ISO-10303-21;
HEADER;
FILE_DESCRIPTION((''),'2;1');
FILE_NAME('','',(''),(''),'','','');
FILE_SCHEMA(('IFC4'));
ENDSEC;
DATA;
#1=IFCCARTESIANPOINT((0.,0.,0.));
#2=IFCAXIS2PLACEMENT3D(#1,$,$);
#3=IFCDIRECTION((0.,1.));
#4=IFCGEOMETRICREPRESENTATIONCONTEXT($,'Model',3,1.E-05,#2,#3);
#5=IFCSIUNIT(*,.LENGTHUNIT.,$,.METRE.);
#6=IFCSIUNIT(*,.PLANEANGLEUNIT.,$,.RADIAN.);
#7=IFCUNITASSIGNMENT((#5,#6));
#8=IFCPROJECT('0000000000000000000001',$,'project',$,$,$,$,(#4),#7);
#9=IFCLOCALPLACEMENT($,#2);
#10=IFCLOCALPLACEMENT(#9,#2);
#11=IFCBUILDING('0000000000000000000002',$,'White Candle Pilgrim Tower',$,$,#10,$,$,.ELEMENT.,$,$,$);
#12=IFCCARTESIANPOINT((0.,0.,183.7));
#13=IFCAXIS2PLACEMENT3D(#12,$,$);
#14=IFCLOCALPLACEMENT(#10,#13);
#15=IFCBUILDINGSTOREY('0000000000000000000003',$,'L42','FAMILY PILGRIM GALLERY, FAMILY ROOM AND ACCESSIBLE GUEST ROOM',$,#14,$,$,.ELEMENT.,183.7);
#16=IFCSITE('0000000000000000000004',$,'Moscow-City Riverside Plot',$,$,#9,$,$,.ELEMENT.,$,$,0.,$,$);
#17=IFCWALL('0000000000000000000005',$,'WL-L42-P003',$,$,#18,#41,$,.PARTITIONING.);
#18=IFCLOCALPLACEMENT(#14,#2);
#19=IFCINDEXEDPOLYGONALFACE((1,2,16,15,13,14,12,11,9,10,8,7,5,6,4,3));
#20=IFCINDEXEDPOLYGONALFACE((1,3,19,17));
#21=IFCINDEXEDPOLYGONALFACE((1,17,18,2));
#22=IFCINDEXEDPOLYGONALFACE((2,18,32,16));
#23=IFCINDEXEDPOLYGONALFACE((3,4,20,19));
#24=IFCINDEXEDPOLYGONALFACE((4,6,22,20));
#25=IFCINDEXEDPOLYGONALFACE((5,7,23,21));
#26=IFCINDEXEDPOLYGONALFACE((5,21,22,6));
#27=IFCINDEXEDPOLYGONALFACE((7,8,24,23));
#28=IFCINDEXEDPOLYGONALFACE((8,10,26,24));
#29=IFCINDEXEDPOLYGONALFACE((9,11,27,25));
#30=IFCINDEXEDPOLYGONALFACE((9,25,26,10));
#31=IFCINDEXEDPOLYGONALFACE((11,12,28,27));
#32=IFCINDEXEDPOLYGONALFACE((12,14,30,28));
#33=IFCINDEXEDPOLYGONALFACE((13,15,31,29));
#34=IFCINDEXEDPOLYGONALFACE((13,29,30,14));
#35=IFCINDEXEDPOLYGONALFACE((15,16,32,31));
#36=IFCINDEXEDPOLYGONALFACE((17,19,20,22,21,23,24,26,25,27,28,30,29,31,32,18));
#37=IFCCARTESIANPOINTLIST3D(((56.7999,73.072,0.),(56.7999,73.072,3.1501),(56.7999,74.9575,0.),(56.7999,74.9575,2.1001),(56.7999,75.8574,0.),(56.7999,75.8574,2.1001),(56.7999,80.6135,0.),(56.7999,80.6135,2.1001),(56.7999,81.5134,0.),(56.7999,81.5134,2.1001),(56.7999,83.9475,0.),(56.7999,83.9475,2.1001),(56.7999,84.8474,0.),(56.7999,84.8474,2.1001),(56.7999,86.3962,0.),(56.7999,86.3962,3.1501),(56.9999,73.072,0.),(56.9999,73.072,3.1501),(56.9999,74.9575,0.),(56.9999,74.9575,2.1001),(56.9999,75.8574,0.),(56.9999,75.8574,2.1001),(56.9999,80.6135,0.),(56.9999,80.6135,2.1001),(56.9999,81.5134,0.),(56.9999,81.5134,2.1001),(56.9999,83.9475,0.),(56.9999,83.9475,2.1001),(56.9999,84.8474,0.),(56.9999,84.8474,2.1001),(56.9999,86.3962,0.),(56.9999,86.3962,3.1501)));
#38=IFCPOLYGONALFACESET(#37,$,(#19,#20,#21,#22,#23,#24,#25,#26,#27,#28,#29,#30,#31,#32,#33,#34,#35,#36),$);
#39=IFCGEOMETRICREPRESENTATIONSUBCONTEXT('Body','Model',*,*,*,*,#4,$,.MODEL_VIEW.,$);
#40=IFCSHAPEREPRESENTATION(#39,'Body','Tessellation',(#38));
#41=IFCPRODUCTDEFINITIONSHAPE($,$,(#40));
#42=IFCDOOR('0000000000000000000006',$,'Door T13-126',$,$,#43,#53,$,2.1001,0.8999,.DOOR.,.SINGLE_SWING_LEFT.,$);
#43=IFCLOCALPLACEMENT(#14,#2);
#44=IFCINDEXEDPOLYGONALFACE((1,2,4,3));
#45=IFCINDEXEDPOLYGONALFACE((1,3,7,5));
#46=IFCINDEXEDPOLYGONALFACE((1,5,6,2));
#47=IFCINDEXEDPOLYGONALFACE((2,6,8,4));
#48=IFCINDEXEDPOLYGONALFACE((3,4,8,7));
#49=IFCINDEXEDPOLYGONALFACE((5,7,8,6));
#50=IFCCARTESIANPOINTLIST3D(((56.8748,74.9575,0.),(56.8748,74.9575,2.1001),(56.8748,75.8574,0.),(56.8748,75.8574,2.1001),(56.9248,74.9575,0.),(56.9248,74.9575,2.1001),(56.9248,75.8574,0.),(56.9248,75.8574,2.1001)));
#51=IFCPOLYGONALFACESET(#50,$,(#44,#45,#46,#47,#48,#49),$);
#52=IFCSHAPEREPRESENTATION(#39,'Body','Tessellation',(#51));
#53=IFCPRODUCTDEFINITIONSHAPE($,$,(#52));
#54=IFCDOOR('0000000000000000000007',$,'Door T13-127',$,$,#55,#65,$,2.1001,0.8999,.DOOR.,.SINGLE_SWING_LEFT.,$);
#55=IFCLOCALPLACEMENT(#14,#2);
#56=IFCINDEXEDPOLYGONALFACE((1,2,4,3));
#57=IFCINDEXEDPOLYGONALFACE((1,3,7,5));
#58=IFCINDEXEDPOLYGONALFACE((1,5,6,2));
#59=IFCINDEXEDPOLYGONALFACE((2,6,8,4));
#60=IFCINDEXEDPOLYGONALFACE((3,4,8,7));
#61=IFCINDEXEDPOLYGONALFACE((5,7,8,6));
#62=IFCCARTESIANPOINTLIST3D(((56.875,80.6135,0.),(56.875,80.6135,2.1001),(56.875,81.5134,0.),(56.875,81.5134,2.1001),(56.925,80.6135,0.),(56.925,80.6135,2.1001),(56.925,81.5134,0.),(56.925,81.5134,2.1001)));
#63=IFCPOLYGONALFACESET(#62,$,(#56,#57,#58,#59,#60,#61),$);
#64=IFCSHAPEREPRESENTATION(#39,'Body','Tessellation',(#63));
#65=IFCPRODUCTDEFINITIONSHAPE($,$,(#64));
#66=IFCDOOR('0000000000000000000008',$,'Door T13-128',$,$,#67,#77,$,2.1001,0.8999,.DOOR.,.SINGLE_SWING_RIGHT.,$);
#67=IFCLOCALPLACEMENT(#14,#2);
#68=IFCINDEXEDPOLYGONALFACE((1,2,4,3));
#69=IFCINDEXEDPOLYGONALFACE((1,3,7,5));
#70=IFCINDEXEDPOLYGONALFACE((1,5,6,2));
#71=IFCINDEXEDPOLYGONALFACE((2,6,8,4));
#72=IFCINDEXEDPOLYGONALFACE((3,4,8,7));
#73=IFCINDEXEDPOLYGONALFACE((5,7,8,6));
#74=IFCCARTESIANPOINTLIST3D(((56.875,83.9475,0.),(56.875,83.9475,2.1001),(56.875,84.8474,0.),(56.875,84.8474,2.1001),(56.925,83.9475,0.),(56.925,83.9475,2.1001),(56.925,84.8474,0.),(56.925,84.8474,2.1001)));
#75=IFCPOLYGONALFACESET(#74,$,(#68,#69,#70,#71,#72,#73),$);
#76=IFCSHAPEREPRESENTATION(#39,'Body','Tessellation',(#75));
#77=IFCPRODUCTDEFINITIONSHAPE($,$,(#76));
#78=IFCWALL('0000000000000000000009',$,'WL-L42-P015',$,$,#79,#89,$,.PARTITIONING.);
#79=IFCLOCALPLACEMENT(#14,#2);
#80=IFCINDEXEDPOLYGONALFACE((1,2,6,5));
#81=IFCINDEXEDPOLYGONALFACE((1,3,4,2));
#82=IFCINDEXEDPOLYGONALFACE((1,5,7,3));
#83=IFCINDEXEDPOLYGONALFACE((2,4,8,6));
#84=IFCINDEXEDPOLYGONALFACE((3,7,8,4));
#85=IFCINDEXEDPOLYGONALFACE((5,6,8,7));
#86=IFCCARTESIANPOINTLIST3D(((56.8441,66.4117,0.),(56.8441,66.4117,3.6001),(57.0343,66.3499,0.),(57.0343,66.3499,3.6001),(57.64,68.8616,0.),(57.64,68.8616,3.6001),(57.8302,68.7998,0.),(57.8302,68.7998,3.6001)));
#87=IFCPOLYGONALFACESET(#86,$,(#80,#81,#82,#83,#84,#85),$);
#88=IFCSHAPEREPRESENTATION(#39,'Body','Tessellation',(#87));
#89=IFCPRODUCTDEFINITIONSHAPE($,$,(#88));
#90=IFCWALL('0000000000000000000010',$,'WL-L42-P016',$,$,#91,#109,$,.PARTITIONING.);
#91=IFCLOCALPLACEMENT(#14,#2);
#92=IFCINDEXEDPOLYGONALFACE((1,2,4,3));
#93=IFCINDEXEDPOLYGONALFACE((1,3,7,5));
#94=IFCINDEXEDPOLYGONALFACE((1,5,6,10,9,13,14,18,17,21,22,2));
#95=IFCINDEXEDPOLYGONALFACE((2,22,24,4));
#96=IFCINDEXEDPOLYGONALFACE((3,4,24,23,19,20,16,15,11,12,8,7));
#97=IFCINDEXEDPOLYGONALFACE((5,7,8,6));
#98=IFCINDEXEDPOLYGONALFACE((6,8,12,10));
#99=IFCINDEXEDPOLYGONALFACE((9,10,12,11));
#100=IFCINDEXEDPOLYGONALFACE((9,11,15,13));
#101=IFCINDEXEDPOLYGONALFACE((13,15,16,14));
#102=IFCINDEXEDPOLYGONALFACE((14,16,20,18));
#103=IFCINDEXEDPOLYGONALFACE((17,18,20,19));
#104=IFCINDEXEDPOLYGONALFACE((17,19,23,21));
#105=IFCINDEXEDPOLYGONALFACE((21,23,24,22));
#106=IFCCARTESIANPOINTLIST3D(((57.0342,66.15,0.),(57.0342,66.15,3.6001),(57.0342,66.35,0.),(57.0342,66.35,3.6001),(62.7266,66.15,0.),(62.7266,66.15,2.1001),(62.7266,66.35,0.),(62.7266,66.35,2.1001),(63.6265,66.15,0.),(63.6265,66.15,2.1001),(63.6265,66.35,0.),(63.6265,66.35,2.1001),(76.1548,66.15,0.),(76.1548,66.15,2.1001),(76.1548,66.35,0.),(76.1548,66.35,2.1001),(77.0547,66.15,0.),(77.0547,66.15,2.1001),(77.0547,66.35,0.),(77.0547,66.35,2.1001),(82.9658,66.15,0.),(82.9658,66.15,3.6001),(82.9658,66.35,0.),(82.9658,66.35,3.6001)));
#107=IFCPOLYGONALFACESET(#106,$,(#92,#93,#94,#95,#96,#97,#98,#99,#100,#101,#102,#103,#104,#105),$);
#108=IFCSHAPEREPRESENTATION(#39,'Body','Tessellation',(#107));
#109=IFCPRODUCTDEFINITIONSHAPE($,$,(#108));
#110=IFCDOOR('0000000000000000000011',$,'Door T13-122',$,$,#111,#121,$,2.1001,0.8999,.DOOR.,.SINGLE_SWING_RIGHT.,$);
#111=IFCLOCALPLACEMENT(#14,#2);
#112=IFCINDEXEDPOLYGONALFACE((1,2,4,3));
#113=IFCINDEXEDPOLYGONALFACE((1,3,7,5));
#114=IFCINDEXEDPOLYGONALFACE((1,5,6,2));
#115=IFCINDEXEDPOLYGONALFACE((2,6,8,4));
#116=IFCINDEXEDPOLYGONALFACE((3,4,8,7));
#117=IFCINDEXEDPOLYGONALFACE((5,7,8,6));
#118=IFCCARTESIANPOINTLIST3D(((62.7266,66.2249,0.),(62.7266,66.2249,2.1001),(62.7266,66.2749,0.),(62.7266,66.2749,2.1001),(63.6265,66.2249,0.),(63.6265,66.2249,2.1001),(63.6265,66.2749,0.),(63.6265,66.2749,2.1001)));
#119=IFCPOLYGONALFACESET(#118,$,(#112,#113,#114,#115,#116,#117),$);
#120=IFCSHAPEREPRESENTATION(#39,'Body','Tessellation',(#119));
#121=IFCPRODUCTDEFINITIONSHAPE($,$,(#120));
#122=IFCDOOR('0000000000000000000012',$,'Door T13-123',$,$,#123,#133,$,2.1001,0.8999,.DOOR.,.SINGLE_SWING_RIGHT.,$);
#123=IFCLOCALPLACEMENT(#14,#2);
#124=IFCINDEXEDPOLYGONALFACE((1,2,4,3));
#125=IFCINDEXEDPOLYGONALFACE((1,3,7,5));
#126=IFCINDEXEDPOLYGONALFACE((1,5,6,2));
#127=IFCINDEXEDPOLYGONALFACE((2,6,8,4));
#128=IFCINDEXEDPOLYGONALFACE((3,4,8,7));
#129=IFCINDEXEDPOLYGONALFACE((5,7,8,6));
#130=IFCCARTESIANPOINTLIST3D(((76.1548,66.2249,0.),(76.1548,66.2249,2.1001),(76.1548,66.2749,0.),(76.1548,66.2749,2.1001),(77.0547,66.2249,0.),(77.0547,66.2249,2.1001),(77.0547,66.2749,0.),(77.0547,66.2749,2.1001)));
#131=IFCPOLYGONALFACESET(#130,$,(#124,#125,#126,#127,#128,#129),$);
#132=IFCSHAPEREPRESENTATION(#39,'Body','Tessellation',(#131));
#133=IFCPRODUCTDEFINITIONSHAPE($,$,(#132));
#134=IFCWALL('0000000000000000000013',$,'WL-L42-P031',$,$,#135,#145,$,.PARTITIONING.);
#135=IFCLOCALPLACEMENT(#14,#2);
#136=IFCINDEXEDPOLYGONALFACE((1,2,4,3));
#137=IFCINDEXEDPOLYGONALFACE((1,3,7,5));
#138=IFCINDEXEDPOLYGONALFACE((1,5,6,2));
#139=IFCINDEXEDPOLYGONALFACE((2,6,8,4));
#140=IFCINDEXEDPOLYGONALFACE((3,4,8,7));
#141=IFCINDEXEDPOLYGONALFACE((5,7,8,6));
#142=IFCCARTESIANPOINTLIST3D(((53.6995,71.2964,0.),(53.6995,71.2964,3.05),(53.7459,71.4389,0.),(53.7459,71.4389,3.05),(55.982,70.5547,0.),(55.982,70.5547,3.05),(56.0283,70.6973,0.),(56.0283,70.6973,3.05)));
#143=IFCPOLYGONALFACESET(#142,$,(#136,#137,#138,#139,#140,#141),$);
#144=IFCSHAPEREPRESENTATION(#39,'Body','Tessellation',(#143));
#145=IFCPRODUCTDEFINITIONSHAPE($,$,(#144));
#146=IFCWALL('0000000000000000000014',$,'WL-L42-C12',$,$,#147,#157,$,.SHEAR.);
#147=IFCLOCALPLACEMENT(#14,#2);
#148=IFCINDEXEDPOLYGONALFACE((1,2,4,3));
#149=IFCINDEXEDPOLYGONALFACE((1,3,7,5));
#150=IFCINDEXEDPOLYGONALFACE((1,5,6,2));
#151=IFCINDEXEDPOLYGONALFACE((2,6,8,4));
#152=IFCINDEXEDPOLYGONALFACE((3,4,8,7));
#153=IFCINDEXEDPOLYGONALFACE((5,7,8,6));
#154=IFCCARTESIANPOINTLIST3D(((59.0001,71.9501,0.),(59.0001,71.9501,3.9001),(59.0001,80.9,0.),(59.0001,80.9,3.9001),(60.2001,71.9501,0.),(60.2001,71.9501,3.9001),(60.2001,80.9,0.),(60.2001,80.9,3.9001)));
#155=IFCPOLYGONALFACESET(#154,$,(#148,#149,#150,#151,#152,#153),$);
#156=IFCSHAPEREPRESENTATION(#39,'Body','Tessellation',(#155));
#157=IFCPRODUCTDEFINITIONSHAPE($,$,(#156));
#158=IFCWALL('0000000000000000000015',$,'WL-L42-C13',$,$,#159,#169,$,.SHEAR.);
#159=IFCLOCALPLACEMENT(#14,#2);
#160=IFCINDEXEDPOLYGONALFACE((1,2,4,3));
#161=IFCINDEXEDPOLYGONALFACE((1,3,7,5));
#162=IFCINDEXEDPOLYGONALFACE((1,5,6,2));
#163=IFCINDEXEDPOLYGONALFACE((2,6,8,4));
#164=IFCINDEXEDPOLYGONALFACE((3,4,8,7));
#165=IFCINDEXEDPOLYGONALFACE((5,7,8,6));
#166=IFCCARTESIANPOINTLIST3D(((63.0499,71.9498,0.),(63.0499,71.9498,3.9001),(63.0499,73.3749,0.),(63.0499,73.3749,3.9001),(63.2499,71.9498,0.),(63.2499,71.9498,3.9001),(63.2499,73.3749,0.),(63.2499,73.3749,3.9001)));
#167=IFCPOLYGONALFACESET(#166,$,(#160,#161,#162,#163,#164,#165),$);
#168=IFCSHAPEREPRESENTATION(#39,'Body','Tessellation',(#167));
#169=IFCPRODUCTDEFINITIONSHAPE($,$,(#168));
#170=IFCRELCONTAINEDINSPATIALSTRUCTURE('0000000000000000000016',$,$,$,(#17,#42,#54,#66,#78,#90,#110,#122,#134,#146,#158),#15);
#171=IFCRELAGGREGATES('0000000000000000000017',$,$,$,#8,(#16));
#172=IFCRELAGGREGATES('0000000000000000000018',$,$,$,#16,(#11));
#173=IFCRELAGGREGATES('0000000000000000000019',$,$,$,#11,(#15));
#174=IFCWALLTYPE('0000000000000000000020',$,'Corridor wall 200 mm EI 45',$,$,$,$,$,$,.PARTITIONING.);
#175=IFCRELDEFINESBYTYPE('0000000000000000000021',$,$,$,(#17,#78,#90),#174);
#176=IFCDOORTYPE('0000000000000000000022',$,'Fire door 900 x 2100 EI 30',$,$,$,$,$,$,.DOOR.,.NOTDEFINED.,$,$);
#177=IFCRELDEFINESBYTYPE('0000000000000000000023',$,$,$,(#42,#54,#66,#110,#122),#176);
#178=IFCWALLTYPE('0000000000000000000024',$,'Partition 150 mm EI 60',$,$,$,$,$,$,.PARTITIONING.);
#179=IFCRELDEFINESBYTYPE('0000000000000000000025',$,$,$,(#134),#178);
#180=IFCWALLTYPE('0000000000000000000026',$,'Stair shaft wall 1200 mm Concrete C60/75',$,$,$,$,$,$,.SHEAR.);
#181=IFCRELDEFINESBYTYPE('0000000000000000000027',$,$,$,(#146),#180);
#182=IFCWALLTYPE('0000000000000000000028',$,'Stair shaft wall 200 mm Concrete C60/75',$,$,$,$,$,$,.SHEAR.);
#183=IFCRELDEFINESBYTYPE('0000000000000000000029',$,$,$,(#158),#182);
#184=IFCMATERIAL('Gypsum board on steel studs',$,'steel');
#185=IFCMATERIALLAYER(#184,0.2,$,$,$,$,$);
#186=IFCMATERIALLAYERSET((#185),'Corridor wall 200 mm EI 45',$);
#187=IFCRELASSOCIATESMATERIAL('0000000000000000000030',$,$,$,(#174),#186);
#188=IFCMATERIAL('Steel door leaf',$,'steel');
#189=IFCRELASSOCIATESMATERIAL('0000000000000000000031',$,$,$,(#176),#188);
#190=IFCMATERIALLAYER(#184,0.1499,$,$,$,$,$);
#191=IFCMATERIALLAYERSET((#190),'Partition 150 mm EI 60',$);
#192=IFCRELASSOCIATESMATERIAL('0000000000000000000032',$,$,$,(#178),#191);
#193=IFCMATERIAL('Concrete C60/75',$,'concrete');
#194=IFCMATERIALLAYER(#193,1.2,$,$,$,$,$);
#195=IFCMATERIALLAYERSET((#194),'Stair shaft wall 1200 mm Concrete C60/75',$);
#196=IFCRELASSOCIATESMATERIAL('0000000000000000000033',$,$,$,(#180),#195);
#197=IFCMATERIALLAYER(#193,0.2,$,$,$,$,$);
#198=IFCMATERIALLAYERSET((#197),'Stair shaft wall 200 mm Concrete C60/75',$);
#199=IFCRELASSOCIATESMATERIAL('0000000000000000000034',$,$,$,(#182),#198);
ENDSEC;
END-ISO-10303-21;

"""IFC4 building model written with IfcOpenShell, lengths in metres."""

from ifc_helpers import new_model, si_unit, direction, frame, frame_2d, origin, place, context, subcontext, project, spatial, rectangle, extrude, material, layer, layer_set, type_object, element, fill, save


model = new_model("IFC4")

# Units and contexts
model_context = context("Model", 3, precision=1e-05, world=origin(), true_north=direction((0.0, 1.0)))
body_context = subcontext(model_context, "Body", "Model", "MODEL_VIEW")
ifc_project = project(units=[si_unit("LENGTHUNIT", "METRE"), si_unit("PLANEANGLEUNIT", "RADIAN")], contexts=[model_context])

# Site, building, storey
site_placement = place(None, origin())
site = spatial("IfcSite", under=ifc_project, at=site_placement, Name="Moscow-City Riverside Plot", CompositionType="ELEMENT", RefElevation=0.0)
building_placement = place(site_placement, origin())
building = spatial("IfcBuilding", under=site, at=building_placement, Name="White Candle Pilgrim Tower", CompositionType="ELEMENT")
storey_placement = place(building_placement, frame((0.0, 0.0, 183.7)))
storey = spatial("IfcBuildingStorey", under=building, at=storey_placement, Name="L42", Description="FAMILY PILGRIM GALLERY, FAMILY ROOM AND ACCESSIBLE GUEST ROOM", CompositionType="ELEMENT", Elevation=183.7)

# Wall, openings, doors
ifc_material_1 = material(Name="Gypsum board on steel studs", Category="steel")
ifc_layer_1 = layer(ifc_material_1, 0.2)
ifc_layer_set_1 = layer_set([ifc_layer_1], Name="Corridor wall 200 mm EI 45")
wall_type_1 = type_object("IfcWallType", Name="Corridor wall 200 mm EI 45", PredefinedType="PARTITIONING", material=ifc_layer_set_1)
wall_1_placement = place(storey_placement, frame((56.8999, 73.072, 0.0), z_axis=(0.0, 0.0, 1.0), x_axis=(0.0, 1.0, 0.0)))
wall_1 = element("IfcWall", 1, at=wall_1_placement, inside=storey, type_object=wall_type_1, Name="WL-L42-P003", PredefinedType="PARTITIONING", context=body_context, shape_type="SweptSolid", body=[
    extrude(rectangle(XDim=13.3242, YDim=0.2, at=frame_2d((6.6621, 0.0))), origin(), (0.0, 0.0, 1.0), 3.1501),
])
opening_1_placement = place(wall_1_placement, frame((1.8855, 0.0, 0.0)))
opening_1 = element("IfcOpeningElement", 2, at=opening_1_placement, cuts=wall_1, PredefinedType="OPENING", context=body_context, shape_type="SweptSolid", body=[
    extrude(rectangle(XDim=0.8999, YDim=2.1001, at=frame_2d((0.45, 1.05))), frame((0.0, 0.1099, 0.0), z_axis=(0.0, -1.0, 0.0), x_axis=(1.0, 0.0, 0.0)), (0.0, 0.0, 1.0), 0.22),
])
opening_2_placement = place(wall_1_placement, frame((7.5415, 0.0, 0.0)))
opening_2 = element("IfcOpeningElement", 3, at=opening_2_placement, cuts=wall_1, PredefinedType="OPENING", context=body_context, shape_type="SweptSolid", body=[
    extrude(rectangle(XDim=0.8999, YDim=2.1001, at=frame_2d((0.45, 1.05))), frame((0.0, 0.1099, 0.0), z_axis=(0.0, -1.0, 0.0), x_axis=(1.0, 0.0, 0.0)), (0.0, 0.0, 1.0), 0.22),
])
opening_3_placement = place(wall_1_placement, frame((10.8755, 0.0, 0.0)))
opening_3 = element("IfcOpeningElement", 4, at=opening_3_placement, cuts=wall_1, PredefinedType="OPENING", context=body_context, shape_type="SweptSolid", body=[
    extrude(rectangle(XDim=0.8999, YDim=2.1001, at=frame_2d((0.45, 1.05))), frame((0.0, 0.1099, 0.0), z_axis=(0.0, -1.0, 0.0), x_axis=(1.0, 0.0, 0.0)), (0.0, 0.0, 1.0), 0.22),
])
ifc_material_2 = material(Name="Steel door leaf", Category="steel")
door_type_1 = type_object("IfcDoorType", Name="Fire door 900 x 2100 EI 30", OperationType="NOTDEFINED", PredefinedType="DOOR", material=ifc_material_2)
door_1_placement = place(opening_1_placement, frame((0.8999, 0.0, 0.0), z_axis=(0.0, 0.0, 1.0), x_axis=(-1.0, 0.0, 0.0)))
door_1 = element("IfcDoor", 5, at=door_1_placement, inside=storey, type_object=door_type_1, Name="Door T13-126", OperationType="SINGLE_SWING_LEFT", OverallHeight=2.1001, OverallWidth=0.8999, PredefinedType="DOOR", context=body_context, shape_type="SweptSolid", body=[
    extrude(rectangle(XDim=0.8999, YDim=2.1001, at=frame_2d((0.45, 1.05))), frame((0.0, 0.0249, 0.0), z_axis=(0.0, -1.0, 0.0), x_axis=(1.0, 0.0, 0.0)), (0.0, 0.0, 1.0), 0.05),
])
fill(opening_1, door_1)
door_2_placement = place(opening_2_placement, origin())
door_2 = element("IfcDoor", 6, at=door_2_placement, inside=storey, type_object=door_type_1, Name="Door T13-127", OperationType="SINGLE_SWING_LEFT", OverallHeight=2.1001, OverallWidth=0.8999, PredefinedType="DOOR", context=body_context, shape_type="SweptSolid", body=[
    extrude(rectangle(XDim=0.8999, YDim=2.1001, at=frame_2d((0.45, 1.05))), frame((0.0, 0.0249, 0.0), z_axis=(0.0, -1.0, 0.0), x_axis=(1.0, 0.0, 0.0)), (0.0, 0.0, 1.0), 0.05),
])
fill(opening_2, door_2)
door_3_placement = place(opening_3_placement, origin())
door_3 = element("IfcDoor", 7, at=door_3_placement, inside=storey, type_object=door_type_1, Name="Door T13-128", OperationType="SINGLE_SWING_RIGHT", OverallHeight=2.1001, OverallWidth=0.8999, PredefinedType="DOOR", context=body_context, shape_type="SweptSolid", body=[
    extrude(rectangle(XDim=0.8999, YDim=2.1001, at=frame_2d((0.45, 1.05))), frame((0.0, 0.0249, 0.0), z_axis=(0.0, -1.0, 0.0), x_axis=(1.0, 0.0, 0.0)), (0.0, 0.0, 1.0), 0.05),
])
fill(opening_3, door_3)

# Wall
wall_2_placement = place(storey_placement, frame((57.7351, 68.8308, 0.0), z_axis=(0.0, 0.0, 1.0), x_axis=(-0.308968, -0.951072, 0.0)))
element("IfcWall", 8, at=wall_2_placement, inside=storey, type_object=wall_type_1, Name="WL-L42-P015", PredefinedType="PARTITIONING", context=body_context, shape_type="SweptSolid", body=[
    extrude(rectangle(XDim=2.5759, YDim=0.2, at=frame_2d((1.2881, 0.0))), origin(), (0.0, 0.0, 1.0), 3.6001),
])

# Wall, openings, doors
wall_3_placement = place(storey_placement, frame((57.0342, 66.25, 0.0), z_axis=(0.0, 0.0, 1.0), x_axis=(1.0, 0.0, 0.0)))
wall_3 = element("IfcWall", 9, at=wall_3_placement, inside=storey, type_object=wall_type_1, Name="WL-L42-P016", PredefinedType="PARTITIONING", context=body_context, shape_type="SweptSolid", body=[
    extrude(rectangle(XDim=25.9316, YDim=0.2, at=frame_2d((12.9658, 0.0))), origin(), (0.0, 0.0, 1.0), 3.6001),
])
opening_4_placement = place(wall_3_placement, frame((5.6924, 0.0, 0.0)))
opening_4 = element("IfcOpeningElement", 10, at=opening_4_placement, cuts=wall_3, PredefinedType="OPENING", context=body_context, shape_type="SweptSolid", body=[
    extrude(rectangle(XDim=0.8999, YDim=2.1001, at=frame_2d((0.45, 1.05))), frame((0.0, 0.1099, 0.0), z_axis=(0.0, -1.0, 0.0), x_axis=(1.0, 0.0, 0.0)), (0.0, 0.0, 1.0), 0.22),
])
opening_5_placement = place(wall_3_placement, frame((19.1206, 0.0, 0.0)))
opening_5 = element("IfcOpeningElement", 11, at=opening_5_placement, cuts=wall_3, PredefinedType="OPENING", context=body_context, shape_type="SweptSolid", body=[
    extrude(rectangle(XDim=0.8999, YDim=2.1001, at=frame_2d((0.45, 1.05))), frame((0.0, 0.1099, 0.0), z_axis=(0.0, -1.0, 0.0), x_axis=(1.0, 0.0, 0.0)), (0.0, 0.0, 1.0), 0.22),
])
door_4_placement = place(opening_4_placement, origin())
door_4 = element("IfcDoor", 12, at=door_4_placement, inside=storey, type_object=door_type_1, Name="Door T13-122", OperationType="SINGLE_SWING_RIGHT", OverallHeight=2.1001, OverallWidth=0.8999, PredefinedType="DOOR", context=body_context, shape_type="SweptSolid", body=[
    extrude(rectangle(XDim=0.8999, YDim=2.1001, at=frame_2d((0.45, 1.05))), frame((0.0, 0.0249, 0.0), z_axis=(0.0, -1.0, 0.0), x_axis=(1.0, 0.0, 0.0)), (0.0, 0.0, 1.0), 0.05),
])
fill(opening_4, door_4)
door_5_placement = place(opening_5_placement, origin())
door_5 = element("IfcDoor", 13, at=door_5_placement, inside=storey, type_object=door_type_1, Name="Door T13-123", OperationType="SINGLE_SWING_RIGHT", OverallHeight=2.1001, OverallWidth=0.8999, PredefinedType="DOOR", context=body_context, shape_type="SweptSolid", body=[
    extrude(rectangle(XDim=0.8999, YDim=2.1001, at=frame_2d((0.45, 1.05))), frame((0.0, 0.0249, 0.0), z_axis=(0.0, -1.0, 0.0), x_axis=(1.0, 0.0, 0.0)), (0.0, 0.0, 1.0), 0.05),
])
fill(opening_5, door_5)

# Walls
ifc_layer_2 = layer(ifc_material_1, 0.1499)
ifc_layer_set_2 = layer_set([ifc_layer_2], Name="Partition 150 mm EI 60")
wall_type_2 = type_object("IfcWallType", Name="Partition 150 mm EI 60", PredefinedType="PARTITIONING", material=ifc_layer_set_2)
wall_4_placement = place(storey_placement, frame((56.0051, 70.626, 0.0), z_axis=(0.0, 0.0, 1.0), x_axis=(-0.951047, 0.309047, 0.0)))
element("IfcWall", 14, at=wall_4_placement, inside=storey, type_object=wall_type_2, Name="WL-L42-P031", PredefinedType="PARTITIONING", context=body_context, shape_type="SweptSolid", body=[
    extrude(rectangle(XDim=2.3999, YDim=0.1499, at=frame_2d((1.2, 0.0))), origin(), (0.0, 0.0, 1.0), 3.05),
])
ifc_material_3 = material(Name="Concrete C60/75", Category="concrete")
ifc_layer_3 = layer(ifc_material_3, 1.2)
ifc_layer_set_3 = layer_set([ifc_layer_3], Name="Stair shaft wall 1200 mm Concrete C60/75")
wall_type_3 = type_object("IfcWallType", Name="Stair shaft wall 1200 mm Concrete C60/75", PredefinedType="SHEAR", material=ifc_layer_set_3)
wall_5_placement = place(storey_placement, frame((59.6001, 71.95, 0.0), z_axis=(0.0, 0.0, 1.0), x_axis=(0.0, 1.0, 0.0)))
element("IfcWall", 15, at=wall_5_placement, inside=storey, type_object=wall_type_3, Name="WL-L42-C12", PredefinedType="SHEAR", context=body_context, shape_type="SweptSolid", body=[
    extrude(rectangle(XDim=8.95, YDim=1.2, at=frame_2d((4.4751, 0.0))), origin(), (0.0, 0.0, 1.0), 3.9001),
])
ifc_layer_4 = layer(ifc_material_3, 0.2)
ifc_layer_set_4 = layer_set([ifc_layer_4], Name="Stair shaft wall 200 mm Concrete C60/75")
wall_type_4 = type_object("IfcWallType", Name="Stair shaft wall 200 mm Concrete C60/75", PredefinedType="SHEAR", material=ifc_layer_set_4)
wall_6_placement = place(storey_placement, frame((63.1499, 71.95, 0.0), z_axis=(0.0, 0.0, 1.0), x_axis=(0.0, 1.0, 0.0)))
element("IfcWall", 16, at=wall_6_placement, inside=storey, type_object=wall_type_4, Name="WL-L42-C13", PredefinedType="SHEAR", context=body_context, shape_type="SweptSolid", body=[
    extrude(rectangle(XDim=1.425, YDim=0.2, at=frame_2d((0.7124, 0.0))), origin(), (0.0, 0.0, 1.0), 3.9001),
])

save(model, "model.ifc")
